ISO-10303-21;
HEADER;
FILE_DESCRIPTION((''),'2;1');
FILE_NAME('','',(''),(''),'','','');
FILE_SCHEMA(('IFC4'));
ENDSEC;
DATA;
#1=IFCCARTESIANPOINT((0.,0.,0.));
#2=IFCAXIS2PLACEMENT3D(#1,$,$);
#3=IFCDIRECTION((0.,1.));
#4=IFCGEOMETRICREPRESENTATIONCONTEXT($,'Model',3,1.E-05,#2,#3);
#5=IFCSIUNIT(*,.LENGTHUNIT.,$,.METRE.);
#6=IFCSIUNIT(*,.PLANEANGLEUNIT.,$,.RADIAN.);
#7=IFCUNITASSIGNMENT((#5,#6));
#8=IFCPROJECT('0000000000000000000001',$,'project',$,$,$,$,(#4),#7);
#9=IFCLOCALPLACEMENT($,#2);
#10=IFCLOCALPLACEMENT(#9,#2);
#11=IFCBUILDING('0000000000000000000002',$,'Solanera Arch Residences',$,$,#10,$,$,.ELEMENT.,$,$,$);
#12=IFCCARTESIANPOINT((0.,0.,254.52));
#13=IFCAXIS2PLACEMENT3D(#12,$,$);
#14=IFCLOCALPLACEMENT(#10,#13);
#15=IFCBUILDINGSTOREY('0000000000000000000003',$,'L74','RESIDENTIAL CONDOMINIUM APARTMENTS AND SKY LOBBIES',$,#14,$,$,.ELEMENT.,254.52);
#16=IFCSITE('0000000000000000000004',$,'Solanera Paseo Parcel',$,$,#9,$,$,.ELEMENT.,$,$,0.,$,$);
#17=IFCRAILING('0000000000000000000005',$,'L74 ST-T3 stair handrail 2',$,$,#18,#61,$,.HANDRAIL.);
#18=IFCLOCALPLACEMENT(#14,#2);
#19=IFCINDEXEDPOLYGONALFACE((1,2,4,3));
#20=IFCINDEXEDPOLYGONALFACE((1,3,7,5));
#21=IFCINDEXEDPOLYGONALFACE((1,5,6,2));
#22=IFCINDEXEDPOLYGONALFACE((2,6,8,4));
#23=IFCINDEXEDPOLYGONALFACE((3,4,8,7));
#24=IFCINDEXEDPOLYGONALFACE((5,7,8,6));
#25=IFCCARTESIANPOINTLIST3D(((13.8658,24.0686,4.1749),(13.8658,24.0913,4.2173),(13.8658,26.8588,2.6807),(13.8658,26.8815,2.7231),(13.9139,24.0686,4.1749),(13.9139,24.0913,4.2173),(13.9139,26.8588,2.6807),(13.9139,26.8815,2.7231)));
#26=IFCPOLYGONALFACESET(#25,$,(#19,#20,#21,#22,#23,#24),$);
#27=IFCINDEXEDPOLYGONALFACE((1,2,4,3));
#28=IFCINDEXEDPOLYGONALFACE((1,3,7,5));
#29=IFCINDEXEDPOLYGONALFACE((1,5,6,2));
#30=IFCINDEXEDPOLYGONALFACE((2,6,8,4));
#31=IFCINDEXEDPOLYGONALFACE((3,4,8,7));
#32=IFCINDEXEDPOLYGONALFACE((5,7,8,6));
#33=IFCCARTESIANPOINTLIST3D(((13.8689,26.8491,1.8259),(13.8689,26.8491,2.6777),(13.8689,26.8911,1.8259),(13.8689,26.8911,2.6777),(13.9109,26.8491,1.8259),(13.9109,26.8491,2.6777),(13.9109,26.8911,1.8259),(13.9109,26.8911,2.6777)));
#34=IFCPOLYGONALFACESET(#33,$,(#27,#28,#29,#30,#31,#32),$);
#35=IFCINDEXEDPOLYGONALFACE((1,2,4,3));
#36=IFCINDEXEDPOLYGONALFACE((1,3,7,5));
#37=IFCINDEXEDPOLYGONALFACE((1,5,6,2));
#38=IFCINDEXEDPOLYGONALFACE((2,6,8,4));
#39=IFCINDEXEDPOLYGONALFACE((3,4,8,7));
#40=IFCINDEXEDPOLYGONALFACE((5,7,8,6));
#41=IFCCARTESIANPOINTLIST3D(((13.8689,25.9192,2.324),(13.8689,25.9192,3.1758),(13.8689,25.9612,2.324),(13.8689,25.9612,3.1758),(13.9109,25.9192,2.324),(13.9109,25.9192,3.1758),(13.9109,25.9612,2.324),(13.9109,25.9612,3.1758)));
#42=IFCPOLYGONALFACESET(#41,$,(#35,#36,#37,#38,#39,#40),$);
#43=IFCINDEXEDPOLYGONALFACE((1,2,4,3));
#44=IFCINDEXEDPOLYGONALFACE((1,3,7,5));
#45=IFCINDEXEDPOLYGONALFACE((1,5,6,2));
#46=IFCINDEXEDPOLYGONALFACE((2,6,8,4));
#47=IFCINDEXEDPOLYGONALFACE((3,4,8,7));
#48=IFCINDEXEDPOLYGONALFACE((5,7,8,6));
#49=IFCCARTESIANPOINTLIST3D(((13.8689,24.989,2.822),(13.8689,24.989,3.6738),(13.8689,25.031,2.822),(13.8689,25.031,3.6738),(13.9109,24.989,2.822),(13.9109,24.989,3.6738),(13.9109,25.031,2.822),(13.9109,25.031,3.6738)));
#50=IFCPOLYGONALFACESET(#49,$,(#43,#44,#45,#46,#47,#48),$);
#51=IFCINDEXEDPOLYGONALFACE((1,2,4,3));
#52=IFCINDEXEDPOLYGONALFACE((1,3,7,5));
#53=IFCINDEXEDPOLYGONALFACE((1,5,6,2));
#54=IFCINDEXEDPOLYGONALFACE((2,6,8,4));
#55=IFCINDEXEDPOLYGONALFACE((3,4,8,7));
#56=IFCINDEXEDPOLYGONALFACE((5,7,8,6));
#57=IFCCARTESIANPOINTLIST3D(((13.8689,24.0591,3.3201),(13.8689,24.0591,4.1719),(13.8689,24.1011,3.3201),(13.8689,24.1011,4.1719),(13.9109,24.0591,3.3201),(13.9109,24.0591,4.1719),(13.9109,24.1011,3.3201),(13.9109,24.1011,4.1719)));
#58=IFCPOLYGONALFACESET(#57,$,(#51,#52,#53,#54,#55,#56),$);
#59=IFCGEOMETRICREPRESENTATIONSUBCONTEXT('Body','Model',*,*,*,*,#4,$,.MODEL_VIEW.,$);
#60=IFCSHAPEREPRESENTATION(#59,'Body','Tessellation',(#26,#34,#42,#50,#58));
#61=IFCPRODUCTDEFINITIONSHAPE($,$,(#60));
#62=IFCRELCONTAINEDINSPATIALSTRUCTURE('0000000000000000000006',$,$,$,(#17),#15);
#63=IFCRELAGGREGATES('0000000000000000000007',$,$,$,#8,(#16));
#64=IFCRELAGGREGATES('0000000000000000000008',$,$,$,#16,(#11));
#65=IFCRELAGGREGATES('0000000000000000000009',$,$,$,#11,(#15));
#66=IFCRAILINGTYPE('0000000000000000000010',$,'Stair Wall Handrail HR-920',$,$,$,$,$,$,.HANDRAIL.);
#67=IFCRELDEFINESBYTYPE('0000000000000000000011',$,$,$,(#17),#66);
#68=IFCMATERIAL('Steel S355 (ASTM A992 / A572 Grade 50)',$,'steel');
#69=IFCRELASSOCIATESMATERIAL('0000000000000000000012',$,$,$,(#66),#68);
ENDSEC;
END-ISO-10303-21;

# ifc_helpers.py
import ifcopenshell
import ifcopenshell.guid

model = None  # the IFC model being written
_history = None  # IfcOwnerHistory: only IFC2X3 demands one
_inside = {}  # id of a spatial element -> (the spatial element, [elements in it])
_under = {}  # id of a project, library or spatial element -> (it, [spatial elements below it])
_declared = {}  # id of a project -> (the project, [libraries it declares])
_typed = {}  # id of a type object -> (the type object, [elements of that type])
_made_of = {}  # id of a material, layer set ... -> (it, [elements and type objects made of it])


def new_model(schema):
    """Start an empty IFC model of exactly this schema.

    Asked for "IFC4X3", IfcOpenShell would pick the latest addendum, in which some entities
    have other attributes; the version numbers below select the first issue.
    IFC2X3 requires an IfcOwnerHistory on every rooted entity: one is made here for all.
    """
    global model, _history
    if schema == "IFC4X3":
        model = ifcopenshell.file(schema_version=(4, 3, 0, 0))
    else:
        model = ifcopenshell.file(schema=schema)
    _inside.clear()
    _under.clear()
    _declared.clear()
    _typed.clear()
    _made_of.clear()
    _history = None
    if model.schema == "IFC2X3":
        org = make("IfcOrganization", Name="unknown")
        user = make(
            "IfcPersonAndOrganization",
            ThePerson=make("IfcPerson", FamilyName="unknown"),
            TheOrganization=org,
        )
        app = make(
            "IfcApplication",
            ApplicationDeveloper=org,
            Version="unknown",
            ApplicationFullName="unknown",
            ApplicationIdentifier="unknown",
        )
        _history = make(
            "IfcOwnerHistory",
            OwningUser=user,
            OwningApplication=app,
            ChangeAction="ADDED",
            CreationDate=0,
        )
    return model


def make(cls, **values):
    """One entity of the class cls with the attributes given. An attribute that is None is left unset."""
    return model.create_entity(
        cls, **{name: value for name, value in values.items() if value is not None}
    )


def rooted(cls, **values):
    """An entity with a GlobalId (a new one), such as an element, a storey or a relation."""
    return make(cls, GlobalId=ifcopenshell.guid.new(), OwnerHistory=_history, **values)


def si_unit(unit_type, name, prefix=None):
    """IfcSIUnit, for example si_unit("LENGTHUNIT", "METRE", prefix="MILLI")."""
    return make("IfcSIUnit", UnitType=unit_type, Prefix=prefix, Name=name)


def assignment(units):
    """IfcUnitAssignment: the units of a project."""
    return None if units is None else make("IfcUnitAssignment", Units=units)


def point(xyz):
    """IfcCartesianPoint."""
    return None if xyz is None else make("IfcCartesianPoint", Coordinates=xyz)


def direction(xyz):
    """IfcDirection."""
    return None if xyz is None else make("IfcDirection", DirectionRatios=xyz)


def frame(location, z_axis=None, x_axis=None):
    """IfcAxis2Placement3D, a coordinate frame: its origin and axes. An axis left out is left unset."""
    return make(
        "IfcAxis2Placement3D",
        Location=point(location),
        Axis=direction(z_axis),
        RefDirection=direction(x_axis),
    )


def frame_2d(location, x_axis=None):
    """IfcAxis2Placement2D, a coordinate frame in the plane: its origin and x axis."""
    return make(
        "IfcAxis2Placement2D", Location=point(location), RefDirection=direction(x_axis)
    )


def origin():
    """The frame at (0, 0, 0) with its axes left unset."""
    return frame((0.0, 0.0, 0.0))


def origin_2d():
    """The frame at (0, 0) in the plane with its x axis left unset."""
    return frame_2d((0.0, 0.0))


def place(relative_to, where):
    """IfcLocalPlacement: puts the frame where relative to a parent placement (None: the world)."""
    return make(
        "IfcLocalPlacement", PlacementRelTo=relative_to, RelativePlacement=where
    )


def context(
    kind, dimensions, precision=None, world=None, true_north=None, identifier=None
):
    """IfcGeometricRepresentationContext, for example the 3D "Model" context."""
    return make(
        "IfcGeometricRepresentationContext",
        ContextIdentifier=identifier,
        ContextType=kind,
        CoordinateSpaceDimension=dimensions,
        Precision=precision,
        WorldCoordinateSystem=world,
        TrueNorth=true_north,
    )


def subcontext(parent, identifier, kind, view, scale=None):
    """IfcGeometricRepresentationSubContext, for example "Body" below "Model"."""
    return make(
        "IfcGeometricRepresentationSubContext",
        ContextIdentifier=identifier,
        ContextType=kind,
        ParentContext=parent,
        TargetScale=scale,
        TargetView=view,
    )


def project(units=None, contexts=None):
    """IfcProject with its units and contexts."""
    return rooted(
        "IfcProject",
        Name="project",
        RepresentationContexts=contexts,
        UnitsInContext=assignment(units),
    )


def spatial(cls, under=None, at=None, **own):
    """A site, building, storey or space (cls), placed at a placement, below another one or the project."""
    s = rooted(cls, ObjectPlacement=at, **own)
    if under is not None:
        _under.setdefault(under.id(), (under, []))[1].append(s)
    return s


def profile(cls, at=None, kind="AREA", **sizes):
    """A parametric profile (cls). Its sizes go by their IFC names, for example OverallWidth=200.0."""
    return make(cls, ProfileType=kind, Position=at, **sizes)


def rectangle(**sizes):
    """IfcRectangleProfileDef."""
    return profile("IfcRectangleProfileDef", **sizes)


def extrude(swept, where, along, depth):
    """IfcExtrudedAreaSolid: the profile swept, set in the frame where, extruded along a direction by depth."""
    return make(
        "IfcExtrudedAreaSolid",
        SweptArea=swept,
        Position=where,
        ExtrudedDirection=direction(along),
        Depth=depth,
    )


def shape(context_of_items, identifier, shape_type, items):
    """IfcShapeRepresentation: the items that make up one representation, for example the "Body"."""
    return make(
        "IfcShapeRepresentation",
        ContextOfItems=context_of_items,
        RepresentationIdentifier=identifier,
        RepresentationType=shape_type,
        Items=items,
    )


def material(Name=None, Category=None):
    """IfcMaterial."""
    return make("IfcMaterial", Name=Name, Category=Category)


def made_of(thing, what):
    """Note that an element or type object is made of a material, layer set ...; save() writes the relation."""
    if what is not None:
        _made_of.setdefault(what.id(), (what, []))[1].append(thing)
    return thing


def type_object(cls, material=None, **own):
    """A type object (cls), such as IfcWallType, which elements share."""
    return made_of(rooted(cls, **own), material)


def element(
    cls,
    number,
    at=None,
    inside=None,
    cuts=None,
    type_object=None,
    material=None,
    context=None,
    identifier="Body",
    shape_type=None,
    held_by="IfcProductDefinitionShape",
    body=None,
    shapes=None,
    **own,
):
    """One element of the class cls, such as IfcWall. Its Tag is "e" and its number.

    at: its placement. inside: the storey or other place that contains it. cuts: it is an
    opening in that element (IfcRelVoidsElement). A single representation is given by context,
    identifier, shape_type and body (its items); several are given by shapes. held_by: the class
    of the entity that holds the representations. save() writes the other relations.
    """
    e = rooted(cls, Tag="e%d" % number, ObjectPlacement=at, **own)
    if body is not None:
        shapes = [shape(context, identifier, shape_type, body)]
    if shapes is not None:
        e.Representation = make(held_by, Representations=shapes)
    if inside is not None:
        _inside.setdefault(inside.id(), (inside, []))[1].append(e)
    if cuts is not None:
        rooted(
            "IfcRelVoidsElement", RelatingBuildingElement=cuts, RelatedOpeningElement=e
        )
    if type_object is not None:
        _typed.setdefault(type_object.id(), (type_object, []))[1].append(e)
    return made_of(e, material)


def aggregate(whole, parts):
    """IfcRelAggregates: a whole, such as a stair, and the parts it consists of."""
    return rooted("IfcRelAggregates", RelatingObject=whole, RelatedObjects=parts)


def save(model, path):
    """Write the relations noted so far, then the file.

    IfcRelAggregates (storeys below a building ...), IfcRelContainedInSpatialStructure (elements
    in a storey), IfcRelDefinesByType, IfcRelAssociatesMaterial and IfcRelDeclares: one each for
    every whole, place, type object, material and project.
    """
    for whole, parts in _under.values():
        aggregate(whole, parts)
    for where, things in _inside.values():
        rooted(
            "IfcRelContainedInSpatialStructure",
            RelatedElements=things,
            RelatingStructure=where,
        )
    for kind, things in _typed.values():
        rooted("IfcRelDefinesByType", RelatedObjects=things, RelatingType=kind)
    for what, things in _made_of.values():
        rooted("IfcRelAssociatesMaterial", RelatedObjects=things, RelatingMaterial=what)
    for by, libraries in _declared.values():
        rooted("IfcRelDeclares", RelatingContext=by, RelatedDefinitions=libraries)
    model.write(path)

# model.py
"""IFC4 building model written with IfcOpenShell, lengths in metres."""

from ifc_helpers import new_model, si_unit, direction, frame, origin, origin_2d, place, context, subcontext, project, spatial, rectangle, extrude, material, type_object, element, save


model = new_model("IFC4")

# Units and contexts
model_context = context("Model", 3, precision=1e-05, world=origin(), true_north=direction((0.0, 1.0)))
body_context = subcontext(model_context, "Body", "Model", "MODEL_VIEW")
ifc_project = project(units=[si_unit("LENGTHUNIT", "METRE"), si_unit("PLANEANGLEUNIT", "RADIAN")], contexts=[model_context])

# Site, building, storey
site_placement = place(None, origin())
site = spatial("IfcSite", under=ifc_project, at=site_placement, Name="Solanera Paseo Parcel", CompositionType="ELEMENT", RefElevation=0.0)
building_placement = place(site_placement, origin())
building = spatial("IfcBuilding", under=site, at=building_placement, Name="Solanera Arch Residences", CompositionType="ELEMENT")
storey_placement = place(building_placement, frame((0.0, 0.0, 254.52)))
storey = spatial("IfcBuildingStorey", under=building, at=storey_placement, Name="L74", Description="RESIDENTIAL CONDOMINIUM APARTMENTS AND SKY LOBBIES", CompositionType="ELEMENT", Elevation=254.52)

# Railing
ifc_material_1 = material(Name="Steel S355 (ASTM A992 / A572 Grade 50)", Category="steel")
railing_type_1 = type_object("IfcRailingType", Name="Stair Wall Handrail HR-920", PredefinedType="HANDRAIL", material=ifc_material_1)
railing_1_placement = place(storey_placement, frame((13.8899, 26.8701, 1.8259)))
element("IfcRailing", 1, at=railing_1_placement, inside=storey, type_object=railing_type_1, Name="L74 ST-T3 stair handrail 2", PredefinedType="HANDRAIL", context=body_context, shape_type="SweptSolid", body=[
    extrude(rectangle(XDim=0.0481, YDim=0.0481, at=origin_2d()), frame((0.0, 0.0, 0.876), z_axis=(0.0, -0.881549, 0.472093), x_axis=(1.0, 0.0, 0.0)), (0.0, 0.0, 1.0), 3.165),
    extrude(rectangle(XDim=0.042, YDim=0.042, at=origin_2d()), origin(), (0.0, 0.0, 1.0), 0.8518),
    extrude(rectangle(XDim=0.042, YDim=0.042, at=origin_2d()), frame((0.0, -0.9299, 0.498)), (0.0, 0.0, 1.0), 0.8518),
    extrude(rectangle(XDim=0.042, YDim=0.042, at=origin_2d()), frame((0.0, -1.8601, 0.9961)), (0.0, 0.0, 1.0), 0.8518),
    extrude(rectangle(XDim=0.042, YDim=0.042, at=origin_2d()), frame((0.0, -2.79, 1.4941)), (0.0, 0.0, 1.0), 0.8518),
])

save(model, "model.ifc")
